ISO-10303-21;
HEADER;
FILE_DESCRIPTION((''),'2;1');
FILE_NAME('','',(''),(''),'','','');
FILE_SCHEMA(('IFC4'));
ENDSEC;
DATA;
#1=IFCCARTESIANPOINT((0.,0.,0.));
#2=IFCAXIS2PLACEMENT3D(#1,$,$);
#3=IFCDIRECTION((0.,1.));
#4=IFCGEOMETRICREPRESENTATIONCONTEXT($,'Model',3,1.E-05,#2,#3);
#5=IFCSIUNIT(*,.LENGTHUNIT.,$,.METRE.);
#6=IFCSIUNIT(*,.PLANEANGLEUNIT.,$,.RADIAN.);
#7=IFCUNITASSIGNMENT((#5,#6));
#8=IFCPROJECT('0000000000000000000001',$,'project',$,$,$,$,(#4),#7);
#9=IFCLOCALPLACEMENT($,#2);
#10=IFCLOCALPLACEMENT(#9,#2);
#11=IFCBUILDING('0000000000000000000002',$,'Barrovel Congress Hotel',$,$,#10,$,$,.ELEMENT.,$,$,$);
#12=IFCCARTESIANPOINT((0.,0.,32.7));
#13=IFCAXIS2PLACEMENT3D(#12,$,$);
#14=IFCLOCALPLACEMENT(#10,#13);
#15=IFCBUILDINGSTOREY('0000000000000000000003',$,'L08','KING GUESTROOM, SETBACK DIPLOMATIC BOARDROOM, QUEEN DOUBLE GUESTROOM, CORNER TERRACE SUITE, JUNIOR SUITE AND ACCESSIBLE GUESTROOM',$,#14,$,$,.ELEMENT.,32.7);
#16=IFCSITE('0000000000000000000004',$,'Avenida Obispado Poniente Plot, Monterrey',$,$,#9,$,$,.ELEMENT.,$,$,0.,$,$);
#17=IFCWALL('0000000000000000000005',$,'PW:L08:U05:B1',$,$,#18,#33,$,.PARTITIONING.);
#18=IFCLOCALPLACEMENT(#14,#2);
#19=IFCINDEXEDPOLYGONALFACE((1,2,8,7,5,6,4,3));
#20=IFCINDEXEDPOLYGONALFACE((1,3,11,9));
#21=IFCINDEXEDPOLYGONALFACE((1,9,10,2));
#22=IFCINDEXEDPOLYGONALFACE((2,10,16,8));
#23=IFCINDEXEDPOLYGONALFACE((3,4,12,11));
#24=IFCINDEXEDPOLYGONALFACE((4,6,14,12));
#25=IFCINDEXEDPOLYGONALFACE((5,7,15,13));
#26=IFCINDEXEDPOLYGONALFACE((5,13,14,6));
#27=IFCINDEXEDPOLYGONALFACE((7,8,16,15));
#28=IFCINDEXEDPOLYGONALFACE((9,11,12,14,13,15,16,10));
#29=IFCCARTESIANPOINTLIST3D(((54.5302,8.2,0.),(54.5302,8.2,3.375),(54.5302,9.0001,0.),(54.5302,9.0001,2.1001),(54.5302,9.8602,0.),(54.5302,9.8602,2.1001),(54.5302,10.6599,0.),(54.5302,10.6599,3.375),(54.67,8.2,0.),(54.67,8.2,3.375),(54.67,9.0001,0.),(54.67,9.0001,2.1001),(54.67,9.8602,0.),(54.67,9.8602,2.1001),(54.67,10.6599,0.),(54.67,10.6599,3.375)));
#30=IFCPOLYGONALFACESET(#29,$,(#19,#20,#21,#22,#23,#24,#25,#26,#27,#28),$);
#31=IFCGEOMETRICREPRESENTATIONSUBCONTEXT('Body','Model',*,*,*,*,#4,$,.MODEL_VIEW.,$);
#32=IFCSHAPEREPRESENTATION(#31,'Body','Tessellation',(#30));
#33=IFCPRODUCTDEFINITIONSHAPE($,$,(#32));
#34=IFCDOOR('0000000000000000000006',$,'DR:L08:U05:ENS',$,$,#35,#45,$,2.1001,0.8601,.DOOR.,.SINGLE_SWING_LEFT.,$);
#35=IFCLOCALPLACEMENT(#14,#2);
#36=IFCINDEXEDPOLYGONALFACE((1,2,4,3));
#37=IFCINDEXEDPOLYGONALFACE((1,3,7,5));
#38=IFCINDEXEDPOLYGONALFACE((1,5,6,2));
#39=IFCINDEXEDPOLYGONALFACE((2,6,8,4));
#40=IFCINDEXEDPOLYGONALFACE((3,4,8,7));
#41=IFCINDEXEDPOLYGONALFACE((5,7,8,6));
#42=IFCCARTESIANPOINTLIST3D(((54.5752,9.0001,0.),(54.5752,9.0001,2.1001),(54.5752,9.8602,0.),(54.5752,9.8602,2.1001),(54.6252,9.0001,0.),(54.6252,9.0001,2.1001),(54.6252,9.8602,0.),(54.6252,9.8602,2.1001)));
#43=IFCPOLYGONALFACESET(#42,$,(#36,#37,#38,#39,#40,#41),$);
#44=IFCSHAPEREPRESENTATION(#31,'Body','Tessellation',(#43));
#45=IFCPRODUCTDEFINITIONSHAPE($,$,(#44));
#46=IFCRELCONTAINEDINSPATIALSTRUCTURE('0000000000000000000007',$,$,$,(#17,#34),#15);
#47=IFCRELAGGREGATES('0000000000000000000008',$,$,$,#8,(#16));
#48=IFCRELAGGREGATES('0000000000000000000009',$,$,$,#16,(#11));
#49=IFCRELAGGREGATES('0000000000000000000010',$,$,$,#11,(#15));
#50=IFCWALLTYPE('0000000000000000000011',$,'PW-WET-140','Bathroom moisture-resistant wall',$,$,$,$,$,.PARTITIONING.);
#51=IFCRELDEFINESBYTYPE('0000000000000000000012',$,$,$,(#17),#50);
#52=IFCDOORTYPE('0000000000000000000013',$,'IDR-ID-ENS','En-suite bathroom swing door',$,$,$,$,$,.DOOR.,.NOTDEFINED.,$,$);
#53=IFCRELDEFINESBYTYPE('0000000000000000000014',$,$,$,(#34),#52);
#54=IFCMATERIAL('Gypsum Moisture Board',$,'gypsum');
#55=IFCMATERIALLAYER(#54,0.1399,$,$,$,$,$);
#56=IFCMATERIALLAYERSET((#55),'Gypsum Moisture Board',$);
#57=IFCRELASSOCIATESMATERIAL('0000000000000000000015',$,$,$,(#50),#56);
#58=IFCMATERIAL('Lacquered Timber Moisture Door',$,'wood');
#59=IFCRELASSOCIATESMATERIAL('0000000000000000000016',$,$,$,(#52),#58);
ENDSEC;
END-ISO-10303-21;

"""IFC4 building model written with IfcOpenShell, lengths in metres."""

from ifc_helpers import new_model, si_unit, direction, frame, frame_2d, origin, place, context, subcontext, project, spatial, rectangle, extrude, material, layer, layer_set, type_object, element, fill, save


model = new_model("IFC4")

# Units and contexts
model_context = context("Model", 3, precision=1e-05, world=origin(), true_north=direction((0.0, 1.0)))
body_context = subcontext(model_context, "Body", "Model", "MODEL_VIEW")
ifc_project = project(units=[si_unit("LENGTHUNIT", "METRE"), si_unit("PLANEANGLEUNIT", "RADIAN")], contexts=[model_context])

# Site, building, storey
site_placement = place(None, origin())
site = spatial("IfcSite", under=ifc_project, at=site_placement, Name="Avenida Obispado Poniente Plot, Monterrey", CompositionType="ELEMENT", RefElevation=0.0)
building_placement = place(site_placement, origin())
building = spatial("IfcBuilding", under=site, at=building_placement, Name="Barrovel Congress Hotel", CompositionType="ELEMENT")
storey_placement = place(building_placement, frame((0.0, 0.0, 32.7)))
storey = spatial("IfcBuildingStorey", under=building, at=storey_placement, Name="L08", Description="KING GUESTROOM, SETBACK DIPLOMATIC BOARDROOM, QUEEN DOUBLE GUESTROOM, CORNER TERRACE SUITE, JUNIOR SUITE AND ACCESSIBLE GUESTROOM", CompositionType="ELEMENT", Elevation=32.7)

# Wall, opening, door
ifc_material_1 = material(Name="Gypsum Moisture Board", Category="gypsum")
ifc_layer_1 = layer(ifc_material_1, 0.1399)
ifc_layer_set_1 = layer_set([ifc_layer_1], Name="Gypsum Moisture Board")
wall_type_1 = type_object("IfcWallType", Name="PW-WET-140", Description="Bathroom moisture-resistant wall", PredefinedType="PARTITIONING", material=ifc_layer_set_1)
wall_1_placement = place(storey_placement, frame((54.6001, 8.2, 0.0), z_axis=(0.0, 0.0, 1.0), x_axis=(0.0, 1.0, 0.0)))
wall_1 = element("IfcWall", 1, at=wall_1_placement, inside=storey, type_object=wall_type_1, Name="PW:L08:U05:B1", PredefinedType="PARTITIONING", context=body_context, shape_type="SweptSolid", body=[
    extrude(rectangle(XDim=2.46, YDim=0.1399, at=frame_2d((1.23, 0.0))), origin(), (0.0, 0.0, 1.0), 3.375),
])
opening_1_placement = place(wall_1_placement, frame((0.8, 0.0, 0.0)))
opening_1 = element("IfcOpeningElement", 2, at=opening_1_placement, cuts=wall_1, PredefinedType="OPENING", context=body_context, shape_type="SweptSolid", body=[
    extrude(rectangle(XDim=0.8601, YDim=2.1001, at=frame_2d((0.4302, 1.05))), frame((0.0, 0.0801, 0.0), z_axis=(0.0, -1.0, 0.0), x_axis=(1.0, 0.0, 0.0)), (0.0, 0.0, 1.0), 0.1599),
])
ifc_material_2 = material(Name="Lacquered Timber Moisture Door", Category="wood")
door_type_1 = type_object("IfcDoorType", Name="IDR-ID-ENS", Description="En-suite bathroom swing door", OperationType="NOTDEFINED", PredefinedType="DOOR", material=ifc_material_2)
door_1_placement = place(opening_1_placement, origin())
door_1 = element("IfcDoor", 3, at=door_1_placement, inside=storey, type_object=door_type_1, Name="DR:L08:U05:ENS", OperationType="SINGLE_SWING_LEFT", OverallHeight=2.1001, OverallWidth=0.8601, PredefinedType="DOOR", context=body_context, shape_type="SweptSolid", body=[
    extrude(rectangle(XDim=0.8601, YDim=2.1001, at=frame_2d((0.4302, 1.05))), frame((0.0, 0.0249, 0.0), z_axis=(0.0, -1.0, 0.0), x_axis=(1.0, 0.0, 0.0)), (0.0, 0.0, 1.0), 0.05),
])
fill(opening_1, door_1)

save(model, "model.ifc")
